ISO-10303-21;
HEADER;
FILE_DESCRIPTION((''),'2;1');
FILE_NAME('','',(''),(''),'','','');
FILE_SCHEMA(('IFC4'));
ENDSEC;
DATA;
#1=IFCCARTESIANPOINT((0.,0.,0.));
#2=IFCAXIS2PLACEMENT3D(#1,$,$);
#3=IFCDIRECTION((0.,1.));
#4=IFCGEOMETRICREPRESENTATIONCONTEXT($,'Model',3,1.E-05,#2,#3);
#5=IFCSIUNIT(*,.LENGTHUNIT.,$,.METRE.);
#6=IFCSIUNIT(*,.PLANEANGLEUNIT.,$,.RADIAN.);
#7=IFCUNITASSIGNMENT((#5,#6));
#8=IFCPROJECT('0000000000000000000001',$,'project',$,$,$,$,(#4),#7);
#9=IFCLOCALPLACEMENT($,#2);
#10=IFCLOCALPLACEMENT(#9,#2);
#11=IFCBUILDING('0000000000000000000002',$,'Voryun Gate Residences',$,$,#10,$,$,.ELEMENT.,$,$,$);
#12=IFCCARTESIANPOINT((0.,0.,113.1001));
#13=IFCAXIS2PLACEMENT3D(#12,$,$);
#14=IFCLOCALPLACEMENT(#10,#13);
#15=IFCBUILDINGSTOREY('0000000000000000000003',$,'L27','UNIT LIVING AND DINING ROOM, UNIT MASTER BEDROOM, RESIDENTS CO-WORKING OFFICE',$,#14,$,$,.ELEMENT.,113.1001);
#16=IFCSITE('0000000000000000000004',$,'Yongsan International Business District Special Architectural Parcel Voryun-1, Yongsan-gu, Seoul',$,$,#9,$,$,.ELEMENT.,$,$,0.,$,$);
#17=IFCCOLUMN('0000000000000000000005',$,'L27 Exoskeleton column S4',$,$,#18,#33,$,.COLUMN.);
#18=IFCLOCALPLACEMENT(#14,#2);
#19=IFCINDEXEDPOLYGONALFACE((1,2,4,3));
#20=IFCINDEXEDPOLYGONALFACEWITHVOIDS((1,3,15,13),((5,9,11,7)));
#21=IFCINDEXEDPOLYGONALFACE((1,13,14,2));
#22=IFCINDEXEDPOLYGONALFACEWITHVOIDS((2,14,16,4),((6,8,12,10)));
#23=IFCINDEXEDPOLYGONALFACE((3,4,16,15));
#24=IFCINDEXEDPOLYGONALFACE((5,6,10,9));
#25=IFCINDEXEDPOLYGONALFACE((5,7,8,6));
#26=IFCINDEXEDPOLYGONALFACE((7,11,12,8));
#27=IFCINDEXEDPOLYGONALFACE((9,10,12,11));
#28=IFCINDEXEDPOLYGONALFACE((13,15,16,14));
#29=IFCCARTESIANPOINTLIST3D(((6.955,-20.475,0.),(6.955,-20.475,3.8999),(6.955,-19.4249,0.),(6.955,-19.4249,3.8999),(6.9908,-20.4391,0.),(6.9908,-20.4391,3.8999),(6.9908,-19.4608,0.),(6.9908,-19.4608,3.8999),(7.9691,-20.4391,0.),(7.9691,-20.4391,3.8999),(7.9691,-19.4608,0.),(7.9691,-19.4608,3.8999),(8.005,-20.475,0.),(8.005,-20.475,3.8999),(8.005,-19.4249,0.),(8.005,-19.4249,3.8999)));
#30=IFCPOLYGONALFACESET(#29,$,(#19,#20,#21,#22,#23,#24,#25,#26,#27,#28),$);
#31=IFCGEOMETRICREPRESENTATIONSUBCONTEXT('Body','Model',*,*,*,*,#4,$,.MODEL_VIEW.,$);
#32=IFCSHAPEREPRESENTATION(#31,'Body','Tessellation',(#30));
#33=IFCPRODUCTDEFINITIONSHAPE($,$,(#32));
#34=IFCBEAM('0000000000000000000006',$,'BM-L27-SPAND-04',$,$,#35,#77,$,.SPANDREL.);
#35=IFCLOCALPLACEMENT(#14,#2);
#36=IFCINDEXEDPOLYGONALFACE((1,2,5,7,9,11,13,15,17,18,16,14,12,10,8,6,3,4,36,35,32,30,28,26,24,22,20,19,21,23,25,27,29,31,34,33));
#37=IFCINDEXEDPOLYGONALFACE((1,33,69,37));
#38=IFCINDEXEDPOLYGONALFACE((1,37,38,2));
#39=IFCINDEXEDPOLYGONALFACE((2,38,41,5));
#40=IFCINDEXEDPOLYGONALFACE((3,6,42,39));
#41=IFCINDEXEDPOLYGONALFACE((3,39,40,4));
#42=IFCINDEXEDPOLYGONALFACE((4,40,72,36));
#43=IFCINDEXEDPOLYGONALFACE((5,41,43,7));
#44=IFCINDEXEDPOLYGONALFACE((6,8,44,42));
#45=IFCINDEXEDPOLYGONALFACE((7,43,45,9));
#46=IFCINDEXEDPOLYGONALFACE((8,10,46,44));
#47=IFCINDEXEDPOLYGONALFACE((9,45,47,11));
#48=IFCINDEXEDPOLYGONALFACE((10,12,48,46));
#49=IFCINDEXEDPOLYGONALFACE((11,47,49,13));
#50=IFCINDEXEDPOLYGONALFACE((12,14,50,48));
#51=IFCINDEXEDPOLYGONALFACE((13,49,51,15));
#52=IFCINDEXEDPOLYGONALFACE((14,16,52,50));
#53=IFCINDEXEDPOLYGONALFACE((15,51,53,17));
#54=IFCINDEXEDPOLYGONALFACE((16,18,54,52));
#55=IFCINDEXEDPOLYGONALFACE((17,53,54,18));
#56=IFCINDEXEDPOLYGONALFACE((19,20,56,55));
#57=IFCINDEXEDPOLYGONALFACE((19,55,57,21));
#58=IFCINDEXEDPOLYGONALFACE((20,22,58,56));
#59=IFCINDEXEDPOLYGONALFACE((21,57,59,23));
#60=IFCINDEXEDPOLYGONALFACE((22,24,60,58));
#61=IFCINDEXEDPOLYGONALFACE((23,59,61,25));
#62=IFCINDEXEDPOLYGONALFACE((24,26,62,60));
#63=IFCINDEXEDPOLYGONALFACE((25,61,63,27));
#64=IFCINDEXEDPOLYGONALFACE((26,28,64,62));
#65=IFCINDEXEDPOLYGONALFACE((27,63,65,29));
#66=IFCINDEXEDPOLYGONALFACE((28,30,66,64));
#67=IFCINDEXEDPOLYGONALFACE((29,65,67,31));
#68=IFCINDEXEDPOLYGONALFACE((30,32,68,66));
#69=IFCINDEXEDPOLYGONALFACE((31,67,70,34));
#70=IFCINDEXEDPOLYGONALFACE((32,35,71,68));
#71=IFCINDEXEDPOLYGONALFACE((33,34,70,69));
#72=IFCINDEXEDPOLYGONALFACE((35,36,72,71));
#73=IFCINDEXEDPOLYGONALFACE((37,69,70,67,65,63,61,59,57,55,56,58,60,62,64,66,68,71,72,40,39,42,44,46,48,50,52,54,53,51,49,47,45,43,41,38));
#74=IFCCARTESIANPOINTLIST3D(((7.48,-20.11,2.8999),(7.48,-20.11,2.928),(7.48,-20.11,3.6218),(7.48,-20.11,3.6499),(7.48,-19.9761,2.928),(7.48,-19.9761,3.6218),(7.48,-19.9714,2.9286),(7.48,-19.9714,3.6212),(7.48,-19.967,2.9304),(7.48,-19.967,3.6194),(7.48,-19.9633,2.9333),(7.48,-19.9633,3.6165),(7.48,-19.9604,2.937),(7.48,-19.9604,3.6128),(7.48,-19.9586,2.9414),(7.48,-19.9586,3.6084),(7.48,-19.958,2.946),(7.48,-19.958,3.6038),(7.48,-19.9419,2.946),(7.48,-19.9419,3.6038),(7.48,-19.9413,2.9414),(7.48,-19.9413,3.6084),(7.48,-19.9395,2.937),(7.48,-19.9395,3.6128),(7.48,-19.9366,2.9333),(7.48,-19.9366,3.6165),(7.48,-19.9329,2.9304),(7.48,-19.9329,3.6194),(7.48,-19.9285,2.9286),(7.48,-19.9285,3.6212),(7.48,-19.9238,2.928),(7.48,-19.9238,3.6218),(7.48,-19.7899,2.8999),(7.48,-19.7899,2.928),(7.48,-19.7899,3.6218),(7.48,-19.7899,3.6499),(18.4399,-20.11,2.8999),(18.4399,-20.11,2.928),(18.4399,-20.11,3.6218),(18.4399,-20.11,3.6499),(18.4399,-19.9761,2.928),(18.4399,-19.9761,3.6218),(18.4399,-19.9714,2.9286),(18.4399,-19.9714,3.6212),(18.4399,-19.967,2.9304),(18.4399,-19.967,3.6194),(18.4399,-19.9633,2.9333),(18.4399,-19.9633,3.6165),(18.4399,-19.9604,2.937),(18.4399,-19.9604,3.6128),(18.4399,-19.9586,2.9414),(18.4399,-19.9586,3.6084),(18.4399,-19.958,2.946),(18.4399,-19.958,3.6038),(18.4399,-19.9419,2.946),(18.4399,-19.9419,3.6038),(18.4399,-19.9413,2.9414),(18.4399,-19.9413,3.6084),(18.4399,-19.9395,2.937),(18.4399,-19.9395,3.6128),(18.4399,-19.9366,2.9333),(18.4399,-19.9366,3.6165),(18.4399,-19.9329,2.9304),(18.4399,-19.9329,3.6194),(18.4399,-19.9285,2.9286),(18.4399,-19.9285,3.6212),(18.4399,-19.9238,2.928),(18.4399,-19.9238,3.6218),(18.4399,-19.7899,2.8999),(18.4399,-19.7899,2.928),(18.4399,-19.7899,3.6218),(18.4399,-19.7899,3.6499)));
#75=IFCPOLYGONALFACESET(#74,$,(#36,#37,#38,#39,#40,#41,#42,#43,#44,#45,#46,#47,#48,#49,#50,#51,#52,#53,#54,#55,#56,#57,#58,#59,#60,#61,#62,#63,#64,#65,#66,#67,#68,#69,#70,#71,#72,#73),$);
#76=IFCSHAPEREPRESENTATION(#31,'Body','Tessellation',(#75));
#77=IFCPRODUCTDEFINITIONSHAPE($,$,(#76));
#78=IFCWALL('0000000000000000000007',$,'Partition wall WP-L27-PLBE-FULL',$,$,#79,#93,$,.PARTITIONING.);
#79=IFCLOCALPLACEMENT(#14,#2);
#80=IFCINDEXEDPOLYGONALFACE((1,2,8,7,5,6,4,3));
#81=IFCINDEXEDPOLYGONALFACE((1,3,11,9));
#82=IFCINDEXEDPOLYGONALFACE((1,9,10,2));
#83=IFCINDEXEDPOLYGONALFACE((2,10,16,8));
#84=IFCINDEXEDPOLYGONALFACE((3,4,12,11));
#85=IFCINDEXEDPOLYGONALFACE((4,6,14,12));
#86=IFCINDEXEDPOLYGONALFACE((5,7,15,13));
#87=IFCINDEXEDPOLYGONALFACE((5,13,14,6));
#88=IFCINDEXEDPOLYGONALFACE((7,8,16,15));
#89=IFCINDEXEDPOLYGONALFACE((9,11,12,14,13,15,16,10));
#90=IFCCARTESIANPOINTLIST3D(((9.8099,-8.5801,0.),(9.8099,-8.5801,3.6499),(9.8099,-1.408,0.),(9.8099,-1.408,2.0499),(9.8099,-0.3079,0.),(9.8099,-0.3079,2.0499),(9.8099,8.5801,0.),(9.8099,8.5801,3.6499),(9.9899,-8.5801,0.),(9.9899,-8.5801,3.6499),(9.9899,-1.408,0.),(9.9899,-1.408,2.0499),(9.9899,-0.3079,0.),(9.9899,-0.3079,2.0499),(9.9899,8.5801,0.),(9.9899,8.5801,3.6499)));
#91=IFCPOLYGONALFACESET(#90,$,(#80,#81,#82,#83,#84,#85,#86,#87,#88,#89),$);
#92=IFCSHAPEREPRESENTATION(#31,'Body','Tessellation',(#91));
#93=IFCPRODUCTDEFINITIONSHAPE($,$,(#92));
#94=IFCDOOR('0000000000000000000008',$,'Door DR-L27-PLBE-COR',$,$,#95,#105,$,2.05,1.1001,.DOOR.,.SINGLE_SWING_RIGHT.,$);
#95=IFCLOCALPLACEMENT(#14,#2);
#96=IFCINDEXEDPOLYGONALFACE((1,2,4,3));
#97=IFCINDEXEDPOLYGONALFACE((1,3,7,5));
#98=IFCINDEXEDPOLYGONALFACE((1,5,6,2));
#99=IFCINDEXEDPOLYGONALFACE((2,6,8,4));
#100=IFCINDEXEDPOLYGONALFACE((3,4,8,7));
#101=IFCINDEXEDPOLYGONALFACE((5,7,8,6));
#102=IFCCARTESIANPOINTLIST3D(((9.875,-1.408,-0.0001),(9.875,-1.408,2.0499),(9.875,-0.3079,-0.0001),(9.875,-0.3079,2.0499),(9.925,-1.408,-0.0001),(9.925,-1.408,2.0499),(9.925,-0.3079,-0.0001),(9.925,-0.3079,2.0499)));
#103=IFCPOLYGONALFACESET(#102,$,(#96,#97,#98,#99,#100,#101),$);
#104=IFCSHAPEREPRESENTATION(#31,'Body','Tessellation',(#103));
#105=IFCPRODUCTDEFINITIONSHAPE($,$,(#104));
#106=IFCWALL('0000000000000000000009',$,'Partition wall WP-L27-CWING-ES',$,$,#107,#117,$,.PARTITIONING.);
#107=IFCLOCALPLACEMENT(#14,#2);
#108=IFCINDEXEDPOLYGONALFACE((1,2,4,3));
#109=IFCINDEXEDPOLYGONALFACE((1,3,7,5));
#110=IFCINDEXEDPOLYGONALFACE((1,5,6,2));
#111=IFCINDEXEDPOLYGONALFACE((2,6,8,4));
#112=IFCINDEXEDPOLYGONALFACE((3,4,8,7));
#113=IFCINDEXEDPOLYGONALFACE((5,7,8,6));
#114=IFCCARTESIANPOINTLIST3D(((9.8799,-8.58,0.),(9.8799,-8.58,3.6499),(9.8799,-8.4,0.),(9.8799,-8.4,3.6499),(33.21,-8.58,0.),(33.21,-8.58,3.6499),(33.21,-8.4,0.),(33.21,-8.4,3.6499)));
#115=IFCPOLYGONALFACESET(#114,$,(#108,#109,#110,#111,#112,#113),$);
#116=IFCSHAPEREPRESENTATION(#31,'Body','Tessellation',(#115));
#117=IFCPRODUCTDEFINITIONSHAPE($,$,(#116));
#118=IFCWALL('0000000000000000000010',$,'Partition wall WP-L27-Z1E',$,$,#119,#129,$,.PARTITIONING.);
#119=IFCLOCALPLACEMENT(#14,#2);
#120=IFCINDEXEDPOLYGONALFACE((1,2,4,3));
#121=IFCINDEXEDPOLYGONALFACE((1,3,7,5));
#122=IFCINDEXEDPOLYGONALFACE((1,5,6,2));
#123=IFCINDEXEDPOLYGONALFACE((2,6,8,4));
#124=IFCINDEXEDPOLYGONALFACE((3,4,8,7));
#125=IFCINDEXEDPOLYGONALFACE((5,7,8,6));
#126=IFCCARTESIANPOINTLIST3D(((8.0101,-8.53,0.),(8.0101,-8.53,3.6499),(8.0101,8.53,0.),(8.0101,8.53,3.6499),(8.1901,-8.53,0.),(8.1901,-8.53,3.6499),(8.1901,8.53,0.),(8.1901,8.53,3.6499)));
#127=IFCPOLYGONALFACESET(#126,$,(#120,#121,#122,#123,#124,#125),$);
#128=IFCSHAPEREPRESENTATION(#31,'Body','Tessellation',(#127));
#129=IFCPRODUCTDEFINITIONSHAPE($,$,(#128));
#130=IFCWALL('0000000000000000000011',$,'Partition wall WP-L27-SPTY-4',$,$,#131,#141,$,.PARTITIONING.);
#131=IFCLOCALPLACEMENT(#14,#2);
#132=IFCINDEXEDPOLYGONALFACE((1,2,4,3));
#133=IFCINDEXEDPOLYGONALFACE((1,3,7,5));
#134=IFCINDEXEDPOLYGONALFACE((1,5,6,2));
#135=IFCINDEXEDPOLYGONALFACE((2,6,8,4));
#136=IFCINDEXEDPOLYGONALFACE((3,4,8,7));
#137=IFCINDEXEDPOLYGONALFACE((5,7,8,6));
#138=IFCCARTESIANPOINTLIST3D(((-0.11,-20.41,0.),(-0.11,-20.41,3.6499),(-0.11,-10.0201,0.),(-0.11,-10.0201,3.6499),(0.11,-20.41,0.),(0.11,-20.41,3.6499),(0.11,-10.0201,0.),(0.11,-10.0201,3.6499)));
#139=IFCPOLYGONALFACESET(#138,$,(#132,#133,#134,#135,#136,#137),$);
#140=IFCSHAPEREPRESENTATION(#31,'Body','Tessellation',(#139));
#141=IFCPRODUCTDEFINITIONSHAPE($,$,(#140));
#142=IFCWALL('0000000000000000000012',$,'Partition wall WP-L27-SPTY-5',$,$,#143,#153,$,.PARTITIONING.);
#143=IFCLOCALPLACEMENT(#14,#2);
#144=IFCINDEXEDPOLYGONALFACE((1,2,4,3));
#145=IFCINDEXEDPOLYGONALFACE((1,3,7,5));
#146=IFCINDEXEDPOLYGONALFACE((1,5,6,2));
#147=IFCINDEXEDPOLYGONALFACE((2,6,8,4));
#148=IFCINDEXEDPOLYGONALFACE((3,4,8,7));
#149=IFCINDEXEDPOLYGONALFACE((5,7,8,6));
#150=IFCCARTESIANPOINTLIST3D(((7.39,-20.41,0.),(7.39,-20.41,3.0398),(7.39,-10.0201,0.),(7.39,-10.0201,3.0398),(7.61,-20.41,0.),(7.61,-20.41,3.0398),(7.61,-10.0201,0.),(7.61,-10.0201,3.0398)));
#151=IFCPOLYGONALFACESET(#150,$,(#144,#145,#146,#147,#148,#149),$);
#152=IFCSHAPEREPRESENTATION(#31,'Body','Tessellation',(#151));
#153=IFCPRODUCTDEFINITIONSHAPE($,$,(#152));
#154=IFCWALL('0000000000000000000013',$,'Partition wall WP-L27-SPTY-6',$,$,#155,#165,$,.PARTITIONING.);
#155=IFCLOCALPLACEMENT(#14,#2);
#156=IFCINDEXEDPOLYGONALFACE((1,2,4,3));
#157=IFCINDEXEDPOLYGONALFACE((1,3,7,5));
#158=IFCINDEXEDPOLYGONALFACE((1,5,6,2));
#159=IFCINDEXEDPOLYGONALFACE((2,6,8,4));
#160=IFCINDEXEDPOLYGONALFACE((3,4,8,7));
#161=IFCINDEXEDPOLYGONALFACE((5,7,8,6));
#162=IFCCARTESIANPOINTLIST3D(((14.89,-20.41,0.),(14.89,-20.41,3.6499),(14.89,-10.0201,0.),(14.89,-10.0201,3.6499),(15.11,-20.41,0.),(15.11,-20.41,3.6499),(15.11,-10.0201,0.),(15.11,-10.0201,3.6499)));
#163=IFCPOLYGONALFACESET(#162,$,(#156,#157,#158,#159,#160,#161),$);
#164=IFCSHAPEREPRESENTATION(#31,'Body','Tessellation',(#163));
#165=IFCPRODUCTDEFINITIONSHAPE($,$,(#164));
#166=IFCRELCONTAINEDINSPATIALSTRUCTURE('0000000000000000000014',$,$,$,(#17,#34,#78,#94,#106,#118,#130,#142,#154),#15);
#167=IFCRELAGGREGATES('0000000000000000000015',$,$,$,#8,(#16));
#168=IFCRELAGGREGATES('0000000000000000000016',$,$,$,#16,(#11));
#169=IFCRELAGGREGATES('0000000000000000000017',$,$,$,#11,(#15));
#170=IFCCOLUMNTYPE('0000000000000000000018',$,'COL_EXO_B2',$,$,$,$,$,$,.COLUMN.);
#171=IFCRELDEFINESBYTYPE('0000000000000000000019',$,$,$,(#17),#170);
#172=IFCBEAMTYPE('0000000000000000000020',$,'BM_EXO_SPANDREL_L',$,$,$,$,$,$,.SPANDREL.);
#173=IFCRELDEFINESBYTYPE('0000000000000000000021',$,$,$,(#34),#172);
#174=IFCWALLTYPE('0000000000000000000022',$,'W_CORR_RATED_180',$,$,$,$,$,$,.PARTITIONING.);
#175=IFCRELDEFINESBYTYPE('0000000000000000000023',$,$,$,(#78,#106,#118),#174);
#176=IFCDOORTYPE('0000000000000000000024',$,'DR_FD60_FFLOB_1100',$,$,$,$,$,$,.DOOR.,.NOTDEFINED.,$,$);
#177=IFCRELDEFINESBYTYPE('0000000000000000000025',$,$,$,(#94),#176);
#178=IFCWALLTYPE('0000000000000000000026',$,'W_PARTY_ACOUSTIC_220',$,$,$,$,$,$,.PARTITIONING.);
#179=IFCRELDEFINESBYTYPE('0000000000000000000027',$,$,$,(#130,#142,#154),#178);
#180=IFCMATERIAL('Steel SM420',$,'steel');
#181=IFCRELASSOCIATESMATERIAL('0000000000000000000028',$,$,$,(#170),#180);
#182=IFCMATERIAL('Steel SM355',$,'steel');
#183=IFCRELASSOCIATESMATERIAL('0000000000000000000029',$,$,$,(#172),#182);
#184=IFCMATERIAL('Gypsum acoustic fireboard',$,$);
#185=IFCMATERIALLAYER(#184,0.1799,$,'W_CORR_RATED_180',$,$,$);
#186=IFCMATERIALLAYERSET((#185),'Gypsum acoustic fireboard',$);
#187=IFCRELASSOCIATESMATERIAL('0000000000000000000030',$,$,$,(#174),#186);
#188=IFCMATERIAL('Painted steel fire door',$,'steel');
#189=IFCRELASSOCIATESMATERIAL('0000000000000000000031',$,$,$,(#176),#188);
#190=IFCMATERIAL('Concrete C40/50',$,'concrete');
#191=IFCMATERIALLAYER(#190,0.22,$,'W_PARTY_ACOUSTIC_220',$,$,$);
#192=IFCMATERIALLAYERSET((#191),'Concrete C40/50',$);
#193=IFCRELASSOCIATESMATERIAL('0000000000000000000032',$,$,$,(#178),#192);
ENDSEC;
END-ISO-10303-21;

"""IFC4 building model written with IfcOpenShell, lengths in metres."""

from ifc_helpers import new_model, si_unit, direction, frame, frame_2d, origin, origin_2d, place, context, subcontext, project, spatial, rectangle, hollow_rectangle, i_section, extrude, material, layer, layer_set, material_profile, profile_set, type_object, element, fill, save


model = new_model("IFC4")

# Units and contexts
model_context = context("Model", 3, precision=1e-05, world=origin(), true_north=direction((0.0, 1.0)))
body_context = subcontext(model_context, "Body", "Model", "MODEL_VIEW")
ifc_project = project(units=[si_unit("LENGTHUNIT", "METRE"), si_unit("PLANEANGLEUNIT", "RADIAN")], contexts=[model_context])

# Site, building, storey
site_placement = place(None, origin())
site = spatial("IfcSite", under=ifc_project, at=site_placement, Name="Yongsan International Business District Special Architectural Parcel Voryun-1, Yongsan-gu, Seoul", CompositionType="ELEMENT", RefElevation=0.0)
building_placement = place(site_placement, origin())
building = spatial("IfcBuilding", under=site, at=building_placement, Name="Voryun Gate Residences", CompositionType="ELEMENT")
storey_placement = place(building_placement, frame((0.0, 0.0, 113.1001)))
storey = spatial("IfcBuildingStorey", under=building, at=storey_placement, Name="L27", Description="UNIT LIVING AND DINING ROOM, UNIT MASTER BEDROOM, RESIDENTS CO-WORKING OFFICE", CompositionType="ELEMENT", Elevation=113.1001)

# Column
ifc_material_1 = material(Name="Steel SM420", Category="steel")
ifc_material_profile_1 = material_profile(ifc_material_1, hollow_rectangle(XDim=1.05, YDim=1.05, WallThickness=0.0359, at=origin_2d()), Name="BOX-1050x1050x36")
ifc_profile_set_1 = profile_set([ifc_material_profile_1], Name="Steel SM420")
column_type = type_object("IfcColumnType", Name="COL_EXO_B2", PredefinedType="COLUMN", material=ifc_profile_set_1)
column_placement = place(storey_placement, frame((7.48, -19.95, 0.0), z_axis=(0.0, 0.0, 1.0), x_axis=(1.0, 0.0, 0.0)))
element("IfcColumn", 1, at=column_placement, inside=storey, type_object=column_type, Name="L27 Exoskeleton column S4", PredefinedType="COLUMN", context=body_context, shape_type="SweptSolid", body=[
    extrude(hollow_rectangle(XDim=1.05, YDim=1.05, WallThickness=0.0359, at=origin_2d()), origin(), (0.0, 0.0, 1.0), 3.8999),
])

# Beam
ifc_material_2 = material(Name="Steel SM355", Category="steel")
ifc_material_profile_2 = material_profile(ifc_material_2, i_section(OverallWidth=0.3201, OverallDepth=0.75, WebThickness=0.0161, FlangeThickness=0.0281, FilletRadius=0.0181, at=origin_2d()), Name="H-750x320x16x28")
ifc_profile_set_2 = profile_set([ifc_material_profile_2], Name="Steel SM355")
beam_type = type_object("IfcBeamType", Name="BM_EXO_SPANDREL_L", PredefinedType="SPANDREL", material=ifc_profile_set_2)
beam_placement = place(storey_placement, frame((7.48, -19.95, 3.2749), z_axis=(1.0, 0.0, 0.0), x_axis=(0.0, 1.0, 0.0)))
element("IfcBeam", 2, at=beam_placement, inside=storey, type_object=beam_type, Name="BM-L27-SPAND-04", PredefinedType="SPANDREL", context=body_context, shape_type="SweptSolid", body=[
    extrude(i_section(OverallWidth=0.3201, OverallDepth=0.75, WebThickness=0.0161, FlangeThickness=0.0281, FilletRadius=0.0181, at=origin_2d()), origin(), (0.0, 0.0, 1.0), 10.96),
])

# Wall, opening, door
ifc_material_3 = material(Name="Gypsum acoustic fireboard")
ifc_layer_1 = layer(ifc_material_3, 0.1799, Name="W_CORR_RATED_180")
ifc_layer_set_1 = layer_set([ifc_layer_1], Name="Gypsum acoustic fireboard")
wall_type_1 = type_object("IfcWallType", Name="W_CORR_RATED_180", PredefinedType="PARTITIONING", material=ifc_layer_set_1)
wall_1_placement = place(storey_placement, frame((9.8999, -8.5801, 0.0), z_axis=(0.0, 0.0, 1.0), x_axis=(0.0, 1.0, 0.0)))
wall_1 = element("IfcWall", 3, at=wall_1_placement, inside=storey, type_object=wall_type_1, Name="Partition wall WP-L27-PLBE-FULL", PredefinedType="PARTITIONING", context=body_context, shape_type="SweptSolid", body=[
    extrude(rectangle(XDim=17.1602, YDim=0.1799, at=frame_2d((8.5801, 0.0))), origin(), (0.0, 0.0, 1.0), 3.6499),
])
opening_1_placement = place(wall_1_placement, frame((7.1721, 0.0, 0.0)))
opening_1 = element("IfcOpeningElement", 4, at=opening_1_placement, cuts=wall_1, PredefinedType="OPENING", context=body_context, shape_type="SweptSolid", body=[
    extrude(rectangle(XDim=1.1001, YDim=2.05, at=frame_2d((0.55, 1.0249))), frame((0.0, 0.0999, 0.0), z_axis=(0.0, -1.0, 0.0), x_axis=(1.0, 0.0, 0.0)), (0.0, 0.0, 1.0), 0.2),
])
ifc_material_4 = material(Name="Painted steel fire door", Category="steel")
door_type_1 = type_object("IfcDoorType", Name="DR_FD60_FFLOB_1100", OperationType="NOTDEFINED", PredefinedType="DOOR", material=ifc_material_4)
door_1_placement = place(opening_1_placement, origin())
door_1 = element("IfcDoor", 5, at=door_1_placement, inside=storey, type_object=door_type_1, Name="Door DR-L27-PLBE-COR", OperationType="SINGLE_SWING_RIGHT", OverallHeight=2.05, OverallWidth=1.1001, PredefinedType="DOOR", context=body_context, shape_type="SweptSolid", body=[
    extrude(rectangle(XDim=1.1001, YDim=2.05, at=frame_2d((0.55, 1.0249))), frame((0.0, 0.0249, 0.0), z_axis=(0.0, -1.0, 0.0), x_axis=(1.0, 0.0, 0.0)), (0.0, 0.0, 1.0), 0.05),
])
fill(opening_1, door_1)

# Walls
wall_2_placement = place(storey_placement, frame((9.8799, -8.49, 0.0), z_axis=(0.0, 0.0, 1.0), x_axis=(1.0, 0.0, 0.0)))
element("IfcWall", 6, at=wall_2_placement, inside=storey, type_object=wall_type_1, Name="Partition wall WP-L27-CWING-ES", PredefinedType="PARTITIONING", context=body_context, shape_type="SweptSolid", body=[
    extrude(rectangle(XDim=23.3301, YDim=0.1799, at=frame_2d((11.665, 0.0))), origin(), (0.0, 0.0, 1.0), 3.6499),
])
wall_3_placement = place(storey_placement, frame((8.1001, -8.53, 0.0), z_axis=(0.0, 0.0, 1.0), x_axis=(0.0, 1.0, 0.0)))
element("IfcWall", 7, at=wall_3_placement, inside=storey, type_object=wall_type_1, Name="Partition wall WP-L27-Z1E", PredefinedType="PARTITIONING", context=body_context, shape_type="SweptSolid", body=[
    extrude(rectangle(XDim=17.0601, YDim=0.1799, at=frame_2d((8.53, 0.0))), origin(), (0.0, 0.0, 1.0), 3.6499),
])
ifc_material_5 = material(Name="Concrete C40/50", Category="concrete")
ifc_layer_2 = layer(ifc_material_5, 0.22, Name="W_PARTY_ACOUSTIC_220")
ifc_layer_set_2 = layer_set([ifc_layer_2], Name="Concrete C40/50")
wall_type_2 = type_object("IfcWallType", Name="W_PARTY_ACOUSTIC_220", PredefinedType="PARTITIONING", material=ifc_layer_set_2)
wall_4_placement = place(storey_placement, frame((0.0, -20.4099, 0.0), z_axis=(0.0, 0.0, 1.0), x_axis=(0.0, 1.0, 0.0)))
element("IfcWall", 8, at=wall_4_placement, inside=storey, type_object=wall_type_2, Name="Partition wall WP-L27-SPTY-4", PredefinedType="PARTITIONING", context=body_context, shape_type="SweptSolid", body=[
    extrude(rectangle(XDim=10.3899, YDim=0.22, at=frame_2d((5.1948, 0.0))), origin(), (0.0, 0.0, 1.0), 3.6499),
])
wall_5_placement = place(storey_placement, frame((7.5, -20.4099, 0.0), z_axis=(0.0, 0.0, 1.0), x_axis=(0.0, 1.0, 0.0)))
element("IfcWall", 9, at=wall_5_placement, inside=storey, type_object=wall_type_2, Name="Partition wall WP-L27-SPTY-5", PredefinedType="PARTITIONING", context=body_context, shape_type="SweptSolid", body=[
    extrude(rectangle(XDim=10.3899, YDim=0.22, at=frame_2d((5.1948, 0.0))), origin(), (0.0, 0.0, 1.0), 3.0398),
])
wall_6_placement = place(storey_placement, frame((15.0, -20.4099, 0.0), z_axis=(0.0, 0.0, 1.0), x_axis=(0.0, 1.0, 0.0)))
element("IfcWall", 10, at=wall_6_placement, inside=storey, type_object=wall_type_2, Name="Partition wall WP-L27-SPTY-6", PredefinedType="PARTITIONING", context=body_context, shape_type="SweptSolid", body=[
    extrude(rectangle(XDim=10.3899, YDim=0.22, at=frame_2d((5.1948, 0.0))), origin(), (0.0, 0.0, 1.0), 3.6499),
])

save(model, "model.ifc")
